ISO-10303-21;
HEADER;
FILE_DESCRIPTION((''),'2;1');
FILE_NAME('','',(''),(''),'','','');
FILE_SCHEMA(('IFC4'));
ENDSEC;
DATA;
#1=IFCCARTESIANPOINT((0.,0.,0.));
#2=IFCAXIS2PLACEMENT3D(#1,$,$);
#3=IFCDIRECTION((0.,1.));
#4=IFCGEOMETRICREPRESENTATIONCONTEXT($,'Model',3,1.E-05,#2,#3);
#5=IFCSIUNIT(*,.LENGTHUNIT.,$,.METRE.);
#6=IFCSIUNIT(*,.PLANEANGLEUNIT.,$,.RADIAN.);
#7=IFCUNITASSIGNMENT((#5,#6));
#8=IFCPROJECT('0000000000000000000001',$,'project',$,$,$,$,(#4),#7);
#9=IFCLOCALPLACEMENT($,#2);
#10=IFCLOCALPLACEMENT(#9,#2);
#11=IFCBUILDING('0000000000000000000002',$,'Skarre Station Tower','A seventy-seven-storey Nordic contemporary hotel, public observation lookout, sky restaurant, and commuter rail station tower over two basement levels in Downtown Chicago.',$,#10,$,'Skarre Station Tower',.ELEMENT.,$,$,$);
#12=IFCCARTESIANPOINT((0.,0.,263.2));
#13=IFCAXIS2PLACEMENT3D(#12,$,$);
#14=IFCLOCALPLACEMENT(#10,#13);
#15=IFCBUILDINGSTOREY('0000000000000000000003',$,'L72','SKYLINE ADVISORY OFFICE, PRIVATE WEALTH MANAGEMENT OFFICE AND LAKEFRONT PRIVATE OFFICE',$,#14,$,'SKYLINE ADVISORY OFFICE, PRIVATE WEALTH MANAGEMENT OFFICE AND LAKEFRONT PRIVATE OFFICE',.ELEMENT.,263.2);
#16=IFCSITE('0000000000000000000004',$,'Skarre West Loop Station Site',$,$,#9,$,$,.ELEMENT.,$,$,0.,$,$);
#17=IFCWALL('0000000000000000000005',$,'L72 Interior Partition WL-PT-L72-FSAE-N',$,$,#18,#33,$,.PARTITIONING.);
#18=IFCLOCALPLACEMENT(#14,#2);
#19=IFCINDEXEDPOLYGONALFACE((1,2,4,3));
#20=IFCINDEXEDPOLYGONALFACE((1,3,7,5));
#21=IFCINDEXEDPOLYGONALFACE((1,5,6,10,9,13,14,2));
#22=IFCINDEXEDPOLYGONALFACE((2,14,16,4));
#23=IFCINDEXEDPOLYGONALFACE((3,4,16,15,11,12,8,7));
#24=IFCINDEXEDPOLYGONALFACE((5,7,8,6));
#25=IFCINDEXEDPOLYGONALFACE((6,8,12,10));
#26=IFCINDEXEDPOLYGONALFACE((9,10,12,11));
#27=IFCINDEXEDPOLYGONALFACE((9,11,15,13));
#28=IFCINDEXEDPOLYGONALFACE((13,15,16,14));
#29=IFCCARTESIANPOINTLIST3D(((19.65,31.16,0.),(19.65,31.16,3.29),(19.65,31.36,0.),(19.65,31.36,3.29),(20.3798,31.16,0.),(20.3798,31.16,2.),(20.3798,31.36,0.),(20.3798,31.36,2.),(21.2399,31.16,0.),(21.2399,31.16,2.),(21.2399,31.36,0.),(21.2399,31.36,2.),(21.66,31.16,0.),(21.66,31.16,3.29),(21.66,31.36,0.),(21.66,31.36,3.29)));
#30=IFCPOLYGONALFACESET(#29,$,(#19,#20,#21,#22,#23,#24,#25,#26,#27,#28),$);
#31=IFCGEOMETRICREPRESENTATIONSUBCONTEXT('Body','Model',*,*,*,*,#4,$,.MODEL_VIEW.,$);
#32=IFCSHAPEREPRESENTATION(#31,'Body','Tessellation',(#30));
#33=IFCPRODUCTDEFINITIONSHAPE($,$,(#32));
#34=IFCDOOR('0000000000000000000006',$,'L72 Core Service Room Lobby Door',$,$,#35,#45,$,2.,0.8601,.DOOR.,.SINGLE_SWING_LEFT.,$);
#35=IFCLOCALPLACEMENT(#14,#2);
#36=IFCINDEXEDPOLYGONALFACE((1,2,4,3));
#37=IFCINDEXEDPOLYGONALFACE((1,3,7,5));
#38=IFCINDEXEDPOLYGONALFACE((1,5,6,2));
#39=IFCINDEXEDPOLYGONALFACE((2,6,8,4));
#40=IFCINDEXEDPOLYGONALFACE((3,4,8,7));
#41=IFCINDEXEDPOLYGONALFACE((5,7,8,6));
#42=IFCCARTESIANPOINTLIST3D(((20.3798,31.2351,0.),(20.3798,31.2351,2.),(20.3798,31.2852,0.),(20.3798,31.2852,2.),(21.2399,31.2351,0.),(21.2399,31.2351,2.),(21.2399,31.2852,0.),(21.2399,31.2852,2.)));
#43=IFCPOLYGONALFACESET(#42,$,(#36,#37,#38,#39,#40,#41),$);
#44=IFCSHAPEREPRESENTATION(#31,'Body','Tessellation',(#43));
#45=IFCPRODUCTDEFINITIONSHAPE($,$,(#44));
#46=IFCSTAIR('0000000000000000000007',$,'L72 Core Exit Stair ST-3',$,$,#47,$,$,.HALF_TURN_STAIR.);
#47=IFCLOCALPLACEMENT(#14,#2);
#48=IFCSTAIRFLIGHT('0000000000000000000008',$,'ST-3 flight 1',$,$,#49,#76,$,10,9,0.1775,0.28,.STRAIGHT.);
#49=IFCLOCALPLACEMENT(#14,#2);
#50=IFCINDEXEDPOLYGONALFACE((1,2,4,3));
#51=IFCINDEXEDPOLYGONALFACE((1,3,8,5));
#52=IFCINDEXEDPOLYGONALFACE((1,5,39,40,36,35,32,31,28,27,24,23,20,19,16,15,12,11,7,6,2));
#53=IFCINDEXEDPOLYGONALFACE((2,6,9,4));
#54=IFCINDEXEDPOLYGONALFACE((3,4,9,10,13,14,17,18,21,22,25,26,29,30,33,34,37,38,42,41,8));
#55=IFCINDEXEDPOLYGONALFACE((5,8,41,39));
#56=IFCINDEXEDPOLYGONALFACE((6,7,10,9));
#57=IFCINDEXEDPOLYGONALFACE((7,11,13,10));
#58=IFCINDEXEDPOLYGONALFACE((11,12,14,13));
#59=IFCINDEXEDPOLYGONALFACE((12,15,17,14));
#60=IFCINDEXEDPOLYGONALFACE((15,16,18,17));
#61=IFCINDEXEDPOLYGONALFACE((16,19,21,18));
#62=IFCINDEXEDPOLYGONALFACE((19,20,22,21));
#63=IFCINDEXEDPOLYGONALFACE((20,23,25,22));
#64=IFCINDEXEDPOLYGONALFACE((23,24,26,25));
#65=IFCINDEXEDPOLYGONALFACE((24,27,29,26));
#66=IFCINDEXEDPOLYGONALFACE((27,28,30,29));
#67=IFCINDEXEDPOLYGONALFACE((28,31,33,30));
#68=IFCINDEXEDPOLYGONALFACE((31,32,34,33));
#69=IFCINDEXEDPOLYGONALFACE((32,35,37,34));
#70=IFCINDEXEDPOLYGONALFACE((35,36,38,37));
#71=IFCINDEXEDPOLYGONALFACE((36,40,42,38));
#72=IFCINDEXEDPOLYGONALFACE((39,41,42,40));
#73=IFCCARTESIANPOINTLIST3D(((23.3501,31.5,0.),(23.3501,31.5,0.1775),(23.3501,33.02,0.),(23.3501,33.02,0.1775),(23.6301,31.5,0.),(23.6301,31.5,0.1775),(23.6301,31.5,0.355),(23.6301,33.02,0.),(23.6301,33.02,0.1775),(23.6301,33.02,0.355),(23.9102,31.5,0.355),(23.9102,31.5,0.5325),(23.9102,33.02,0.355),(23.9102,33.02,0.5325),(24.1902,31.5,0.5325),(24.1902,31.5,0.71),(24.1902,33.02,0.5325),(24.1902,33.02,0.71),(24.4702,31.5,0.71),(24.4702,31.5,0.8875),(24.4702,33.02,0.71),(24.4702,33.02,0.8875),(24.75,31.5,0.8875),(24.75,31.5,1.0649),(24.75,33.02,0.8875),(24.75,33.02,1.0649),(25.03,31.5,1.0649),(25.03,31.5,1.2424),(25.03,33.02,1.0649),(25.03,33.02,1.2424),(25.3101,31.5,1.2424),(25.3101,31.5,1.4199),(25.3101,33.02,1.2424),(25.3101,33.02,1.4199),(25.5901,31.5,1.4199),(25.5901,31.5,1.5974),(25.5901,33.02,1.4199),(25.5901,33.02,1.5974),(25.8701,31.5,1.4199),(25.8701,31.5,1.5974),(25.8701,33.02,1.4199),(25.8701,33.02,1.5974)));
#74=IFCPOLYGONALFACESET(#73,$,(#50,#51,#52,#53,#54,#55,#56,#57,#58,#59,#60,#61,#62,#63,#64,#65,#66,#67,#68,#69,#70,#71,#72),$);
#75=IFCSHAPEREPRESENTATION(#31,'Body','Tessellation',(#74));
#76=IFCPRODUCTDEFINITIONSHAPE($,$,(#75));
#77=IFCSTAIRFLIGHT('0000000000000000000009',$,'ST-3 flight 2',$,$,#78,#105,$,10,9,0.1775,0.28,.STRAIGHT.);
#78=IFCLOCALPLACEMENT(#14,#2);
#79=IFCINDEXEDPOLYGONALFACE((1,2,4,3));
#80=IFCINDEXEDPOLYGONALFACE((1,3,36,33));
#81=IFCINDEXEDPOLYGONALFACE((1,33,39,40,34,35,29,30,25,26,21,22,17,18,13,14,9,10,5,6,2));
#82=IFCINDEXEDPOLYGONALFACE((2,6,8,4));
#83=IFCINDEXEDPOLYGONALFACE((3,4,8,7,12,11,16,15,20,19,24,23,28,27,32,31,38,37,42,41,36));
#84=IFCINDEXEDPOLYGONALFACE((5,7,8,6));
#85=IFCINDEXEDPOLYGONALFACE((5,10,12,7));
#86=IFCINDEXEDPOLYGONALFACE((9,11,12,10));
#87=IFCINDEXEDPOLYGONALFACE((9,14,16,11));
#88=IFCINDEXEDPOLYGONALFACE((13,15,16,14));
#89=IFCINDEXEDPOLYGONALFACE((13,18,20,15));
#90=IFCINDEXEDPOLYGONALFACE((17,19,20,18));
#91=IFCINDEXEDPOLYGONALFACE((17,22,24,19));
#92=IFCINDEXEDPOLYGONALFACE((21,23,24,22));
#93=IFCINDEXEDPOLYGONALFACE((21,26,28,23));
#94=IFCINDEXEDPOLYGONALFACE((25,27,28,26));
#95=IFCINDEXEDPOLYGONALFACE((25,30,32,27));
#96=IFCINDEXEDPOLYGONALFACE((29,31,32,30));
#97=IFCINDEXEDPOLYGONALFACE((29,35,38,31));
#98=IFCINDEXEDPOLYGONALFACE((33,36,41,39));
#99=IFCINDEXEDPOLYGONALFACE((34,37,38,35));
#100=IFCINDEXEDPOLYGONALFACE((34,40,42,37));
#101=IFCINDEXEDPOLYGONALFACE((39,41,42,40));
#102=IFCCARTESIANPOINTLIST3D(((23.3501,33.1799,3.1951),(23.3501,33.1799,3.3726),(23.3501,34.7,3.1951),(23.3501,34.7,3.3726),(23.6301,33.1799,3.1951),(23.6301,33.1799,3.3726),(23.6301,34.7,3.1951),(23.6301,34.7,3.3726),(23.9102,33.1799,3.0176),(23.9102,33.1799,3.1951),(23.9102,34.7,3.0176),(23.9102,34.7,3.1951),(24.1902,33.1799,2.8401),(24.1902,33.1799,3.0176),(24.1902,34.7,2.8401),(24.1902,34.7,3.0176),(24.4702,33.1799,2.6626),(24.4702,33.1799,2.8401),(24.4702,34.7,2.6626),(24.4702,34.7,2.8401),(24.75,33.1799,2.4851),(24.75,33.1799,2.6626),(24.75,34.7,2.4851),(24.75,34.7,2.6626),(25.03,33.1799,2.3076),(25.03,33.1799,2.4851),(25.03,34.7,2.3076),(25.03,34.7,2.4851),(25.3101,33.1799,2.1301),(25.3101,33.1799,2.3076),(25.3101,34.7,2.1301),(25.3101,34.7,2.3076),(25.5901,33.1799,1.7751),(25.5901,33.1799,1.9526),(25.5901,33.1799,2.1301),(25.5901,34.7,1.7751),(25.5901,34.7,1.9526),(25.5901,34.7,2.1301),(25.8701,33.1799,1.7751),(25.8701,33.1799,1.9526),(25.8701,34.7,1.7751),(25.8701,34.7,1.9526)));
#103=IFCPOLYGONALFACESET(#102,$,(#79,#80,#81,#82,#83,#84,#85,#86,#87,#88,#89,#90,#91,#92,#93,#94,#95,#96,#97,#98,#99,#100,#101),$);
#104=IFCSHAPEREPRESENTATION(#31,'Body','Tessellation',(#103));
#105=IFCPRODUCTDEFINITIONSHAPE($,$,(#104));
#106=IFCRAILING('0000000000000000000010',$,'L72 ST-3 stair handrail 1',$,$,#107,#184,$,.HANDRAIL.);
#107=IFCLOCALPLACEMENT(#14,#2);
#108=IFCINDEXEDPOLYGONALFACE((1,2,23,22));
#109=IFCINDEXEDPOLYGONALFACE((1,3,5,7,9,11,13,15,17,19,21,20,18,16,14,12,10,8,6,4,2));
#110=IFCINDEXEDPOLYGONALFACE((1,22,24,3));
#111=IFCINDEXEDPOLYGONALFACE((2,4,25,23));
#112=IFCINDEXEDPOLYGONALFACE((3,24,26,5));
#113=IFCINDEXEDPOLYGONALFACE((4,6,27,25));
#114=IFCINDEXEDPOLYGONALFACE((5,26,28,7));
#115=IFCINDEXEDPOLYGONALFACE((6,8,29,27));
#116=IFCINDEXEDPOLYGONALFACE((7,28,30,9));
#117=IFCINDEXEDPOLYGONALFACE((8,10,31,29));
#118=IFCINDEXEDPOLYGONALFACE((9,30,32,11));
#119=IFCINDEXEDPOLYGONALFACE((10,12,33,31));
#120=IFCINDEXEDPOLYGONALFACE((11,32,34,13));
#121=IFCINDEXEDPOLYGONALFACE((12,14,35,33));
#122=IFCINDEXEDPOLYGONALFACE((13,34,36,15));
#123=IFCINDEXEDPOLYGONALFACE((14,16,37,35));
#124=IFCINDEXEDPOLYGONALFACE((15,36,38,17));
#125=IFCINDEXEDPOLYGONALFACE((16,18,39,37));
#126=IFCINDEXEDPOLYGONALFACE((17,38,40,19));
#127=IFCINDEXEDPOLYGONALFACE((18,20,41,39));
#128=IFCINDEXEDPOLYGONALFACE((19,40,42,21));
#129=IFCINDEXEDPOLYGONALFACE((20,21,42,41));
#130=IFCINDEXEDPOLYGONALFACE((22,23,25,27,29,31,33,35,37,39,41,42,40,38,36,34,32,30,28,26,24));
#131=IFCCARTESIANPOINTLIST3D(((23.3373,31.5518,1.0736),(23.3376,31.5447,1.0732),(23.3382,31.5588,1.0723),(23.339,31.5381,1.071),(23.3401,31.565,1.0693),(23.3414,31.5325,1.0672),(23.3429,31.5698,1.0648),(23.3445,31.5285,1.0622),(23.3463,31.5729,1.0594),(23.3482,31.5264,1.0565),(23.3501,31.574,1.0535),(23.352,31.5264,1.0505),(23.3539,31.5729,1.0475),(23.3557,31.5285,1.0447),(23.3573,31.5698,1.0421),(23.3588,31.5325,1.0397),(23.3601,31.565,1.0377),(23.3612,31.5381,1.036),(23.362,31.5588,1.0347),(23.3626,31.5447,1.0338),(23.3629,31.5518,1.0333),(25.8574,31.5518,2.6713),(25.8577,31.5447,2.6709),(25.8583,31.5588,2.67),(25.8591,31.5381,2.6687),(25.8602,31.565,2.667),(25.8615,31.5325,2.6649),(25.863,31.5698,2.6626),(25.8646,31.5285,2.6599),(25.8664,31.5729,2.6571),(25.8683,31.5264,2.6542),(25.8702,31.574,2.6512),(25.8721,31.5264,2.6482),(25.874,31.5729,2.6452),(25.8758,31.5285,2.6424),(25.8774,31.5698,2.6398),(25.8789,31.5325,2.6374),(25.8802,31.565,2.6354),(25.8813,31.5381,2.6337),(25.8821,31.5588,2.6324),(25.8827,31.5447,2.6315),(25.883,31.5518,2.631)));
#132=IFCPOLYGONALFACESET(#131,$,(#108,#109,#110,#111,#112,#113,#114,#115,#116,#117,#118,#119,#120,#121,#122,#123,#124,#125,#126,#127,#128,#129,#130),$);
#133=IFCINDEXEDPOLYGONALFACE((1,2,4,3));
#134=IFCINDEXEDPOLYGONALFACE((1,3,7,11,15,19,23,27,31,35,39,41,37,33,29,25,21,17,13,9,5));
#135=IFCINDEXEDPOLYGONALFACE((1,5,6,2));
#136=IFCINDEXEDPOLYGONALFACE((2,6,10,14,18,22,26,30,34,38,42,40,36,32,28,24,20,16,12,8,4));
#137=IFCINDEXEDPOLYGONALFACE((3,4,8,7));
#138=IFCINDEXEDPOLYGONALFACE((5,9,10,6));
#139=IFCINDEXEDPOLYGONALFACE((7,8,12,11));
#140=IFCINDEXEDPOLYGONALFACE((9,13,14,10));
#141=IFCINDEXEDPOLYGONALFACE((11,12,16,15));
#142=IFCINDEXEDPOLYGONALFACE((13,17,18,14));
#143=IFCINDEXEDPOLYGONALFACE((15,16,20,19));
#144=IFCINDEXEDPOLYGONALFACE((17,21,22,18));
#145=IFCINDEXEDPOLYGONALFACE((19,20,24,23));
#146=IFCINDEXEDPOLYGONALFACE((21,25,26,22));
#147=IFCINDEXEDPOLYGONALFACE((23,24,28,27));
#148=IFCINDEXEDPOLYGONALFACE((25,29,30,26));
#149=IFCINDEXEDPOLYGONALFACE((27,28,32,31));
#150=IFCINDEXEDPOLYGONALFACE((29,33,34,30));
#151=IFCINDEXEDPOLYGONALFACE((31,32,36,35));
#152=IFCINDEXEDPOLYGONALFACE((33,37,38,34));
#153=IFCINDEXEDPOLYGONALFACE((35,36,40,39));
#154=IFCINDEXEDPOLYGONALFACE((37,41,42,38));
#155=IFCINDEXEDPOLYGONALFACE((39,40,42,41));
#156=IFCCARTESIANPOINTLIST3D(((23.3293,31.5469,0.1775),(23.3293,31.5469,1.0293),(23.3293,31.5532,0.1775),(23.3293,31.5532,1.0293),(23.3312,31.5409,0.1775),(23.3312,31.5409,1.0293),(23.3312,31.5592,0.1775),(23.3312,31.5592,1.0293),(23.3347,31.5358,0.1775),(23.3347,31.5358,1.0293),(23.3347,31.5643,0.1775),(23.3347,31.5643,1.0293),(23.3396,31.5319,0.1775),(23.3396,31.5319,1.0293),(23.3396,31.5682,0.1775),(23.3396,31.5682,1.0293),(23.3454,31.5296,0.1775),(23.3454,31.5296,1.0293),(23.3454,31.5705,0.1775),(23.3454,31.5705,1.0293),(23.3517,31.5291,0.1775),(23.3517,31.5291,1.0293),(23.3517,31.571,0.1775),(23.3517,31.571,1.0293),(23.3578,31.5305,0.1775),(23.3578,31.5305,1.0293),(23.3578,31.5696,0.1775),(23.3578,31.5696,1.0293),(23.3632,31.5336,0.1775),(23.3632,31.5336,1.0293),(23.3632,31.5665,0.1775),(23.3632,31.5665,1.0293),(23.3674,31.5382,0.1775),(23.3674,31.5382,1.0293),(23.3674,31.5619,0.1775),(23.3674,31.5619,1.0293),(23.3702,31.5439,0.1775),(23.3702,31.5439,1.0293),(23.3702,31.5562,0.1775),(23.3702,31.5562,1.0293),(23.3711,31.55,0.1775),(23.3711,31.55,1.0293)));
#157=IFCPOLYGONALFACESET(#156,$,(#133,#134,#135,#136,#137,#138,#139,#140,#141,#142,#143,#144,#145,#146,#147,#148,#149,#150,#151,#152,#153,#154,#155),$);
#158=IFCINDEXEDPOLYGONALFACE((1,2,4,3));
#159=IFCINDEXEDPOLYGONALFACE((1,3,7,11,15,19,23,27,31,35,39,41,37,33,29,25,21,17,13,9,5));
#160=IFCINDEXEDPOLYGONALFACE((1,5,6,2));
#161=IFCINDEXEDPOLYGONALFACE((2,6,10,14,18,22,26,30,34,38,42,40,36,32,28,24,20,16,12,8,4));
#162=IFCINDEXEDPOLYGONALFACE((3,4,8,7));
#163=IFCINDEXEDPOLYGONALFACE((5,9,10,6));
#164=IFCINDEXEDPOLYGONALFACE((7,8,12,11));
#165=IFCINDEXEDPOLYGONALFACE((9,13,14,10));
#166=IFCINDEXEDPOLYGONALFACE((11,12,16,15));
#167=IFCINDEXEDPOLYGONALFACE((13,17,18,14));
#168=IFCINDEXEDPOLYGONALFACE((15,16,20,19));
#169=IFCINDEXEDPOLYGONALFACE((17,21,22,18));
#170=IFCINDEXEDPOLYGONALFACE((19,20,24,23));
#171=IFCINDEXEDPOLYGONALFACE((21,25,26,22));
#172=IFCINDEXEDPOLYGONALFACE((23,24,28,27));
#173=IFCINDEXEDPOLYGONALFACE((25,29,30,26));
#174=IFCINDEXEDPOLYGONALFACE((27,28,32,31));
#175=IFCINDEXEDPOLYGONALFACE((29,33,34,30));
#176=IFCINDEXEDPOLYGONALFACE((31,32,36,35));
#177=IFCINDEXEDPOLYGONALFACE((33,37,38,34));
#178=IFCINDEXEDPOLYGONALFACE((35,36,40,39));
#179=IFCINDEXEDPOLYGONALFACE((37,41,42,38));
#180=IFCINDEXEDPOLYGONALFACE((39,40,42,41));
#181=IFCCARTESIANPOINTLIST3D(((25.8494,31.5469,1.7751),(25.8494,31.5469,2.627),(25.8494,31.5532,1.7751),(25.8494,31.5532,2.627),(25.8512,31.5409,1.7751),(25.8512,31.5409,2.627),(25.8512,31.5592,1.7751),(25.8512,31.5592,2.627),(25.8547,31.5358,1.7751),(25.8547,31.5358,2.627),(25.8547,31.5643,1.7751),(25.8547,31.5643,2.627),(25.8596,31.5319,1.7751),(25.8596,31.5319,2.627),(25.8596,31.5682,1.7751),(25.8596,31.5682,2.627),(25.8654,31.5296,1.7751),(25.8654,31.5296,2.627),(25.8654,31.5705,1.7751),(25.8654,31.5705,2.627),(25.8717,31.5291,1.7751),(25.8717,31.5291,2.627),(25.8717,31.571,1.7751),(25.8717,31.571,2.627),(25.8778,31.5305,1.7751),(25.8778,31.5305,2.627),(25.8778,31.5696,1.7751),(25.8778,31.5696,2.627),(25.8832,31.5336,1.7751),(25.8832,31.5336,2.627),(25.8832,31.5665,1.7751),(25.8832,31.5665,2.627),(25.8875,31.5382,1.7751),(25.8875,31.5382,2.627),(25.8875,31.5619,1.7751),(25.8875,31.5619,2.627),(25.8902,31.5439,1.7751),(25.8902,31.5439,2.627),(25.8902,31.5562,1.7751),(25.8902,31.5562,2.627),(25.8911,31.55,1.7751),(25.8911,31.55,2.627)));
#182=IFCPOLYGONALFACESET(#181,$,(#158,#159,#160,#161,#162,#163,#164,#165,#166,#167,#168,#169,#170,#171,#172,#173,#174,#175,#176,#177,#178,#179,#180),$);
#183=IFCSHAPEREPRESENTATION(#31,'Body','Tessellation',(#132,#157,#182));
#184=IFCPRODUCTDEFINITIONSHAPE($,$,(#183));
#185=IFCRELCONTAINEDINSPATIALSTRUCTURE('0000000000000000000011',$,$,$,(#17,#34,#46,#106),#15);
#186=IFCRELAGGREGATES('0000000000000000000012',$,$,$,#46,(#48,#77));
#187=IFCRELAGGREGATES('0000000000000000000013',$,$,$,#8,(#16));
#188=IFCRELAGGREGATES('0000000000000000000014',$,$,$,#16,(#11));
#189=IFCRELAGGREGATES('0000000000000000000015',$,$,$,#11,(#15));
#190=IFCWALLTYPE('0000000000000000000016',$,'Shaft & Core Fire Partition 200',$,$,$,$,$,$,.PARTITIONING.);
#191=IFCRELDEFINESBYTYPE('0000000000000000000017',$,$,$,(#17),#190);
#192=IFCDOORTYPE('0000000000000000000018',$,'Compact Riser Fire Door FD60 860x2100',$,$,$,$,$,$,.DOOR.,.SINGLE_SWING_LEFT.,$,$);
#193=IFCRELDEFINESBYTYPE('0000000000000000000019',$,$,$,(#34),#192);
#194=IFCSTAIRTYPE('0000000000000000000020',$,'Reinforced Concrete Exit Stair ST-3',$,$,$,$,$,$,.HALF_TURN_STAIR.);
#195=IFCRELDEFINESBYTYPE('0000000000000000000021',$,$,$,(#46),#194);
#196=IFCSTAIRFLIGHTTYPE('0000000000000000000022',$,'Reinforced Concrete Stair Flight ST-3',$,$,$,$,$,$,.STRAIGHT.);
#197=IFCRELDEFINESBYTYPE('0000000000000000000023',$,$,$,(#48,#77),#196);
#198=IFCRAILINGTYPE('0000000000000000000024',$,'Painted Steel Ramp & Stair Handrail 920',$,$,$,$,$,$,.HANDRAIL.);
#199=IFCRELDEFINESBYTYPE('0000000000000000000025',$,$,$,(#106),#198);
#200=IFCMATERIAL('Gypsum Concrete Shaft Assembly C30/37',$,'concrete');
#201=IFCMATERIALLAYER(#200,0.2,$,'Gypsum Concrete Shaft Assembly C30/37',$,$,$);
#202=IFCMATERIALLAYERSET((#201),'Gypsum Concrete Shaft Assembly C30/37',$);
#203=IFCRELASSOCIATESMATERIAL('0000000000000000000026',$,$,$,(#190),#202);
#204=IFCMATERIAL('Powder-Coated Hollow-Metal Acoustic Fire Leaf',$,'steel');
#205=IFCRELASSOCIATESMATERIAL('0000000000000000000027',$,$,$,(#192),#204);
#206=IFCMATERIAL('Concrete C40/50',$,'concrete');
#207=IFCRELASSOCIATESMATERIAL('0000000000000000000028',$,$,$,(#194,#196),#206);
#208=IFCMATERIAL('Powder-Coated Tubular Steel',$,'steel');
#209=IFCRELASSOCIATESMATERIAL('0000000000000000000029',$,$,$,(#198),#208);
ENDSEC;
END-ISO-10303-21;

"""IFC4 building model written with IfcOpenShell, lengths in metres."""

from ifc_helpers import new_model, si_unit, direction, frame, frame_2d, origin, origin_2d, place, context, subcontext, project, spatial, polyline, rectangle, circle, outline, extrude, material, layer, layer_set, type_object, element, fill, aggregate, save


model = new_model("IFC4")

# Units and contexts
model_context = context("Model", 3, precision=1e-05, world=origin(), true_north=direction((0.0, 1.0)))
body_context = subcontext(model_context, "Body", "Model", "MODEL_VIEW")
ifc_project = project(units=[si_unit("LENGTHUNIT", "METRE"), si_unit("PLANEANGLEUNIT", "RADIAN")], contexts=[model_context])

# Site, building, storey
site_placement = place(None, origin())
site = spatial("IfcSite", under=ifc_project, at=site_placement, Name="Skarre West Loop Station Site", CompositionType="ELEMENT", RefElevation=0.0)
building_placement = place(site_placement, origin())
building = spatial("IfcBuilding", under=site, at=building_placement, Name="Skarre Station Tower", Description="A seventy-seven-storey Nordic contemporary hotel, public observation lookout, sky restaurant, and commuter rail station tower over two basement levels in Downtown Chicago.", LongName="Skarre Station Tower", CompositionType="ELEMENT")
storey_placement = place(building_placement, frame((0.0, 0.0, 263.2)))
storey = spatial("IfcBuildingStorey", under=building, at=storey_placement, Name="L72", Description="SKYLINE ADVISORY OFFICE, PRIVATE WEALTH MANAGEMENT OFFICE AND LAKEFRONT PRIVATE OFFICE", LongName="SKYLINE ADVISORY OFFICE, PRIVATE WEALTH MANAGEMENT OFFICE AND LAKEFRONT PRIVATE OFFICE", CompositionType="ELEMENT", Elevation=263.2)

# Wall, opening, door
ifc_material_1 = material(Name="Gypsum Concrete Shaft Assembly C30/37", Category="concrete")
ifc_layer_1 = layer(ifc_material_1, 0.2, Name="Gypsum Concrete Shaft Assembly C30/37")
ifc_layer_set_1 = layer_set([ifc_layer_1], Name="Gypsum Concrete Shaft Assembly C30/37")
wall_type_1 = type_object("IfcWallType", Name="Shaft & Core Fire Partition 200", PredefinedType="PARTITIONING", material=ifc_layer_set_1)
wall_1_placement = place(storey_placement, frame((21.6599, 31.26, 0.0), z_axis=(0.0, 0.0, 1.0), x_axis=(-1.0, 0.0, 0.0)))
wall_1 = element("IfcWall", 1, at=wall_1_placement, inside=storey, type_object=wall_type_1, Name="L72 Interior Partition WL-PT-L72-FSAE-N", PredefinedType="PARTITIONING", context=body_context, shape_type="SweptSolid", body=[
    extrude(rectangle(XDim=2.01, YDim=0.2, at=frame_2d((1.0049, 0.0))), origin(), (0.0, 0.0, 1.0), 3.29),
])
opening_1_placement = place(wall_1_placement, frame((0.4199, 0.0, 0.0)))
opening_1 = element("IfcOpeningElement", 2, at=opening_1_placement, cuts=wall_1, PredefinedType="OPENING", context=body_context, shape_type="SweptSolid", body=[
    extrude(rectangle(XDim=0.8601, YDim=2.0, at=frame_2d((0.4302, 1.0))), frame((0.0, 0.1099, 0.0), z_axis=(0.0, -1.0, 0.0), x_axis=(1.0, 0.0, 0.0)), (0.0, 0.0, 1.0), 0.22),
])
ifc_material_2 = material(Name="Powder-Coated Hollow-Metal Acoustic Fire Leaf", Category="steel")
door_type_1 = type_object("IfcDoorType", Name="Compact Riser Fire Door FD60 860x2100", OperationType="SINGLE_SWING_LEFT", PredefinedType="DOOR", material=ifc_material_2)
door_1_placement = place(opening_1_placement, origin())
door_1 = element("IfcDoor", 3, at=door_1_placement, inside=storey, type_object=door_type_1, Name="L72 Core Service Room Lobby Door", OperationType="SINGLE_SWING_LEFT", OverallHeight=2.0, OverallWidth=0.8601, PredefinedType="DOOR", context=body_context, shape_type="SweptSolid", body=[
    extrude(rectangle(XDim=0.8601, YDim=2.0, at=frame_2d((0.4302, 1.0))), frame((0.0, 0.0249, 0.0), z_axis=(0.0, -1.0, 0.0), x_axis=(1.0, 0.0, 0.0)), (0.0, 0.0, 1.0), 0.05),
])
fill(opening_1, door_1)

# Stair, stair flights
ifc_material_3 = material(Name="Concrete C40/50", Category="concrete")
stair_type = type_object("IfcStairType", Name="Reinforced Concrete Exit Stair ST-3", PredefinedType="HALF_TURN_STAIR", material=ifc_material_3)
stair_placement = place(storey_placement, origin())
stair = element("IfcStair", 4, at=stair_placement, inside=storey, type_object=stair_type, Name="L72 Core Exit Stair ST-3", PredefinedType="HALF_TURN_STAIR")
stair_flight_type = type_object("IfcStairFlightType", Name="Reinforced Concrete Stair Flight ST-3", PredefinedType="STRAIGHT", material=ifc_material_3)
stair_flight_1_placement = place(storey_placement, frame((23.3501, 32.26, 0.0), z_axis=(0.0, 0.0, 1.0), x_axis=(1.0, 0.0, 0.0)))
stair_flight_1 = element("IfcStairFlight", 5, at=stair_flight_1_placement, type_object=stair_flight_type, Name="ST-3 flight 1", NumberOfRisers=10, NumberOfTreads=9, PredefinedType="STRAIGHT", RiserHeight=0.1775, TreadLength=0.28, context=body_context, shape_type="SweptSolid", body=[
    extrude(outline(polyline([(0.0, 0.0), (0.0, 0.1775), (0.28, 0.1775), (0.28, 0.355), (0.5601, 0.355), (0.5601, 0.5325), (0.8401, 0.5325), (0.8401, 0.71), (1.1201, 0.71), (1.1201, 0.8875), (1.3999, 0.8875), (1.3999, 1.0649), (1.6799, 1.0649), (1.6799, 1.2424), (1.96, 1.2424), (1.96, 1.4199), (2.24, 1.4199), (2.24, 1.5974), (2.52, 1.5974), (2.52, 1.7749), (2.52, 1.4199), (0.28, 0.0), (0.0, 0.0)])), frame((0.0, 0.76, 0.0), z_axis=(0.0, -1.0, 0.0), x_axis=(1.0, 0.0, 0.0)), (0.0, 0.0, 1.0), 1.52),
])
stair_flight_2_placement = place(storey_placement, frame((25.8701, 33.9399, 1.7751), z_axis=(0.0, 0.0, 1.0), x_axis=(-1.0, 0.0, 0.0)))
stair_flight_2 = element("IfcStairFlight", 6, at=stair_flight_2_placement, type_object=stair_flight_type, Name="ST-3 flight 2", NumberOfRisers=10, NumberOfTreads=9, PredefinedType="STRAIGHT", RiserHeight=0.1775, TreadLength=0.28, context=body_context, shape_type="SweptSolid", body=[
    extrude(outline(polyline([(0.0, 0.0), (0.0, 0.1775), (0.28, 0.1775), (0.28, 0.355), (0.5601, 0.355), (0.5601, 0.5325), (0.8401, 0.5325), (0.8401, 0.71), (1.1201, 0.71), (1.1201, 0.8875), (1.3999, 0.8875), (1.3999, 1.0649), (1.6799, 1.0649), (1.6799, 1.2424), (1.96, 1.2424), (1.96, 1.4199), (2.24, 1.4199), (2.24, 1.5974), (2.52, 1.5974), (2.52, 1.7749), (2.52, 1.4199), (0.28, 0.0), (0.0, 0.0)])), frame((0.0, 0.76, 0.0), z_axis=(0.0, -1.0, 0.0), x_axis=(1.0, 0.0, 0.0)), (0.0, 0.0, 1.0), 1.52),
])
aggregate(stair, [stair_flight_1, stair_flight_2])

# Railing
ifc_material_4 = material(Name="Powder-Coated Tubular Steel", Category="steel")
railing_type_1 = type_object("IfcRailingType", Name="Painted Steel Ramp & Stair Handrail 920", PredefinedType="HANDRAIL", material=ifc_material_4)
railing_1_placement = place(storey_placement, frame((23.3501, 31.55, 0.1775)))
element("IfcRailing", 7, at=railing_1_placement, inside=storey, type_object=railing_type_1, Name="L72 ST-3 stair handrail 1", PredefinedType="HANDRAIL", context=body_context, shape_type="SweptSolid", body=[
    extrude(circle(Radius=0.0239, at=origin_2d()), frame((0.0, 0.0, 0.876), z_axis=(0.84457, 0.0, 0.535445), x_axis=(0.0, 1.0, 0.0)), (0.0, 0.0, 1.0), 2.9839),
    extrude(circle(Radius=0.021, at=origin_2d()), origin(), (0.0, 0.0, 1.0), 0.8518),
    extrude(circle(Radius=0.021, at=origin_2d()), frame((2.52, 0.0, 1.5977)), (0.0, 0.0, 1.0), 0.8518),
])

save(model, "model.ifc")
